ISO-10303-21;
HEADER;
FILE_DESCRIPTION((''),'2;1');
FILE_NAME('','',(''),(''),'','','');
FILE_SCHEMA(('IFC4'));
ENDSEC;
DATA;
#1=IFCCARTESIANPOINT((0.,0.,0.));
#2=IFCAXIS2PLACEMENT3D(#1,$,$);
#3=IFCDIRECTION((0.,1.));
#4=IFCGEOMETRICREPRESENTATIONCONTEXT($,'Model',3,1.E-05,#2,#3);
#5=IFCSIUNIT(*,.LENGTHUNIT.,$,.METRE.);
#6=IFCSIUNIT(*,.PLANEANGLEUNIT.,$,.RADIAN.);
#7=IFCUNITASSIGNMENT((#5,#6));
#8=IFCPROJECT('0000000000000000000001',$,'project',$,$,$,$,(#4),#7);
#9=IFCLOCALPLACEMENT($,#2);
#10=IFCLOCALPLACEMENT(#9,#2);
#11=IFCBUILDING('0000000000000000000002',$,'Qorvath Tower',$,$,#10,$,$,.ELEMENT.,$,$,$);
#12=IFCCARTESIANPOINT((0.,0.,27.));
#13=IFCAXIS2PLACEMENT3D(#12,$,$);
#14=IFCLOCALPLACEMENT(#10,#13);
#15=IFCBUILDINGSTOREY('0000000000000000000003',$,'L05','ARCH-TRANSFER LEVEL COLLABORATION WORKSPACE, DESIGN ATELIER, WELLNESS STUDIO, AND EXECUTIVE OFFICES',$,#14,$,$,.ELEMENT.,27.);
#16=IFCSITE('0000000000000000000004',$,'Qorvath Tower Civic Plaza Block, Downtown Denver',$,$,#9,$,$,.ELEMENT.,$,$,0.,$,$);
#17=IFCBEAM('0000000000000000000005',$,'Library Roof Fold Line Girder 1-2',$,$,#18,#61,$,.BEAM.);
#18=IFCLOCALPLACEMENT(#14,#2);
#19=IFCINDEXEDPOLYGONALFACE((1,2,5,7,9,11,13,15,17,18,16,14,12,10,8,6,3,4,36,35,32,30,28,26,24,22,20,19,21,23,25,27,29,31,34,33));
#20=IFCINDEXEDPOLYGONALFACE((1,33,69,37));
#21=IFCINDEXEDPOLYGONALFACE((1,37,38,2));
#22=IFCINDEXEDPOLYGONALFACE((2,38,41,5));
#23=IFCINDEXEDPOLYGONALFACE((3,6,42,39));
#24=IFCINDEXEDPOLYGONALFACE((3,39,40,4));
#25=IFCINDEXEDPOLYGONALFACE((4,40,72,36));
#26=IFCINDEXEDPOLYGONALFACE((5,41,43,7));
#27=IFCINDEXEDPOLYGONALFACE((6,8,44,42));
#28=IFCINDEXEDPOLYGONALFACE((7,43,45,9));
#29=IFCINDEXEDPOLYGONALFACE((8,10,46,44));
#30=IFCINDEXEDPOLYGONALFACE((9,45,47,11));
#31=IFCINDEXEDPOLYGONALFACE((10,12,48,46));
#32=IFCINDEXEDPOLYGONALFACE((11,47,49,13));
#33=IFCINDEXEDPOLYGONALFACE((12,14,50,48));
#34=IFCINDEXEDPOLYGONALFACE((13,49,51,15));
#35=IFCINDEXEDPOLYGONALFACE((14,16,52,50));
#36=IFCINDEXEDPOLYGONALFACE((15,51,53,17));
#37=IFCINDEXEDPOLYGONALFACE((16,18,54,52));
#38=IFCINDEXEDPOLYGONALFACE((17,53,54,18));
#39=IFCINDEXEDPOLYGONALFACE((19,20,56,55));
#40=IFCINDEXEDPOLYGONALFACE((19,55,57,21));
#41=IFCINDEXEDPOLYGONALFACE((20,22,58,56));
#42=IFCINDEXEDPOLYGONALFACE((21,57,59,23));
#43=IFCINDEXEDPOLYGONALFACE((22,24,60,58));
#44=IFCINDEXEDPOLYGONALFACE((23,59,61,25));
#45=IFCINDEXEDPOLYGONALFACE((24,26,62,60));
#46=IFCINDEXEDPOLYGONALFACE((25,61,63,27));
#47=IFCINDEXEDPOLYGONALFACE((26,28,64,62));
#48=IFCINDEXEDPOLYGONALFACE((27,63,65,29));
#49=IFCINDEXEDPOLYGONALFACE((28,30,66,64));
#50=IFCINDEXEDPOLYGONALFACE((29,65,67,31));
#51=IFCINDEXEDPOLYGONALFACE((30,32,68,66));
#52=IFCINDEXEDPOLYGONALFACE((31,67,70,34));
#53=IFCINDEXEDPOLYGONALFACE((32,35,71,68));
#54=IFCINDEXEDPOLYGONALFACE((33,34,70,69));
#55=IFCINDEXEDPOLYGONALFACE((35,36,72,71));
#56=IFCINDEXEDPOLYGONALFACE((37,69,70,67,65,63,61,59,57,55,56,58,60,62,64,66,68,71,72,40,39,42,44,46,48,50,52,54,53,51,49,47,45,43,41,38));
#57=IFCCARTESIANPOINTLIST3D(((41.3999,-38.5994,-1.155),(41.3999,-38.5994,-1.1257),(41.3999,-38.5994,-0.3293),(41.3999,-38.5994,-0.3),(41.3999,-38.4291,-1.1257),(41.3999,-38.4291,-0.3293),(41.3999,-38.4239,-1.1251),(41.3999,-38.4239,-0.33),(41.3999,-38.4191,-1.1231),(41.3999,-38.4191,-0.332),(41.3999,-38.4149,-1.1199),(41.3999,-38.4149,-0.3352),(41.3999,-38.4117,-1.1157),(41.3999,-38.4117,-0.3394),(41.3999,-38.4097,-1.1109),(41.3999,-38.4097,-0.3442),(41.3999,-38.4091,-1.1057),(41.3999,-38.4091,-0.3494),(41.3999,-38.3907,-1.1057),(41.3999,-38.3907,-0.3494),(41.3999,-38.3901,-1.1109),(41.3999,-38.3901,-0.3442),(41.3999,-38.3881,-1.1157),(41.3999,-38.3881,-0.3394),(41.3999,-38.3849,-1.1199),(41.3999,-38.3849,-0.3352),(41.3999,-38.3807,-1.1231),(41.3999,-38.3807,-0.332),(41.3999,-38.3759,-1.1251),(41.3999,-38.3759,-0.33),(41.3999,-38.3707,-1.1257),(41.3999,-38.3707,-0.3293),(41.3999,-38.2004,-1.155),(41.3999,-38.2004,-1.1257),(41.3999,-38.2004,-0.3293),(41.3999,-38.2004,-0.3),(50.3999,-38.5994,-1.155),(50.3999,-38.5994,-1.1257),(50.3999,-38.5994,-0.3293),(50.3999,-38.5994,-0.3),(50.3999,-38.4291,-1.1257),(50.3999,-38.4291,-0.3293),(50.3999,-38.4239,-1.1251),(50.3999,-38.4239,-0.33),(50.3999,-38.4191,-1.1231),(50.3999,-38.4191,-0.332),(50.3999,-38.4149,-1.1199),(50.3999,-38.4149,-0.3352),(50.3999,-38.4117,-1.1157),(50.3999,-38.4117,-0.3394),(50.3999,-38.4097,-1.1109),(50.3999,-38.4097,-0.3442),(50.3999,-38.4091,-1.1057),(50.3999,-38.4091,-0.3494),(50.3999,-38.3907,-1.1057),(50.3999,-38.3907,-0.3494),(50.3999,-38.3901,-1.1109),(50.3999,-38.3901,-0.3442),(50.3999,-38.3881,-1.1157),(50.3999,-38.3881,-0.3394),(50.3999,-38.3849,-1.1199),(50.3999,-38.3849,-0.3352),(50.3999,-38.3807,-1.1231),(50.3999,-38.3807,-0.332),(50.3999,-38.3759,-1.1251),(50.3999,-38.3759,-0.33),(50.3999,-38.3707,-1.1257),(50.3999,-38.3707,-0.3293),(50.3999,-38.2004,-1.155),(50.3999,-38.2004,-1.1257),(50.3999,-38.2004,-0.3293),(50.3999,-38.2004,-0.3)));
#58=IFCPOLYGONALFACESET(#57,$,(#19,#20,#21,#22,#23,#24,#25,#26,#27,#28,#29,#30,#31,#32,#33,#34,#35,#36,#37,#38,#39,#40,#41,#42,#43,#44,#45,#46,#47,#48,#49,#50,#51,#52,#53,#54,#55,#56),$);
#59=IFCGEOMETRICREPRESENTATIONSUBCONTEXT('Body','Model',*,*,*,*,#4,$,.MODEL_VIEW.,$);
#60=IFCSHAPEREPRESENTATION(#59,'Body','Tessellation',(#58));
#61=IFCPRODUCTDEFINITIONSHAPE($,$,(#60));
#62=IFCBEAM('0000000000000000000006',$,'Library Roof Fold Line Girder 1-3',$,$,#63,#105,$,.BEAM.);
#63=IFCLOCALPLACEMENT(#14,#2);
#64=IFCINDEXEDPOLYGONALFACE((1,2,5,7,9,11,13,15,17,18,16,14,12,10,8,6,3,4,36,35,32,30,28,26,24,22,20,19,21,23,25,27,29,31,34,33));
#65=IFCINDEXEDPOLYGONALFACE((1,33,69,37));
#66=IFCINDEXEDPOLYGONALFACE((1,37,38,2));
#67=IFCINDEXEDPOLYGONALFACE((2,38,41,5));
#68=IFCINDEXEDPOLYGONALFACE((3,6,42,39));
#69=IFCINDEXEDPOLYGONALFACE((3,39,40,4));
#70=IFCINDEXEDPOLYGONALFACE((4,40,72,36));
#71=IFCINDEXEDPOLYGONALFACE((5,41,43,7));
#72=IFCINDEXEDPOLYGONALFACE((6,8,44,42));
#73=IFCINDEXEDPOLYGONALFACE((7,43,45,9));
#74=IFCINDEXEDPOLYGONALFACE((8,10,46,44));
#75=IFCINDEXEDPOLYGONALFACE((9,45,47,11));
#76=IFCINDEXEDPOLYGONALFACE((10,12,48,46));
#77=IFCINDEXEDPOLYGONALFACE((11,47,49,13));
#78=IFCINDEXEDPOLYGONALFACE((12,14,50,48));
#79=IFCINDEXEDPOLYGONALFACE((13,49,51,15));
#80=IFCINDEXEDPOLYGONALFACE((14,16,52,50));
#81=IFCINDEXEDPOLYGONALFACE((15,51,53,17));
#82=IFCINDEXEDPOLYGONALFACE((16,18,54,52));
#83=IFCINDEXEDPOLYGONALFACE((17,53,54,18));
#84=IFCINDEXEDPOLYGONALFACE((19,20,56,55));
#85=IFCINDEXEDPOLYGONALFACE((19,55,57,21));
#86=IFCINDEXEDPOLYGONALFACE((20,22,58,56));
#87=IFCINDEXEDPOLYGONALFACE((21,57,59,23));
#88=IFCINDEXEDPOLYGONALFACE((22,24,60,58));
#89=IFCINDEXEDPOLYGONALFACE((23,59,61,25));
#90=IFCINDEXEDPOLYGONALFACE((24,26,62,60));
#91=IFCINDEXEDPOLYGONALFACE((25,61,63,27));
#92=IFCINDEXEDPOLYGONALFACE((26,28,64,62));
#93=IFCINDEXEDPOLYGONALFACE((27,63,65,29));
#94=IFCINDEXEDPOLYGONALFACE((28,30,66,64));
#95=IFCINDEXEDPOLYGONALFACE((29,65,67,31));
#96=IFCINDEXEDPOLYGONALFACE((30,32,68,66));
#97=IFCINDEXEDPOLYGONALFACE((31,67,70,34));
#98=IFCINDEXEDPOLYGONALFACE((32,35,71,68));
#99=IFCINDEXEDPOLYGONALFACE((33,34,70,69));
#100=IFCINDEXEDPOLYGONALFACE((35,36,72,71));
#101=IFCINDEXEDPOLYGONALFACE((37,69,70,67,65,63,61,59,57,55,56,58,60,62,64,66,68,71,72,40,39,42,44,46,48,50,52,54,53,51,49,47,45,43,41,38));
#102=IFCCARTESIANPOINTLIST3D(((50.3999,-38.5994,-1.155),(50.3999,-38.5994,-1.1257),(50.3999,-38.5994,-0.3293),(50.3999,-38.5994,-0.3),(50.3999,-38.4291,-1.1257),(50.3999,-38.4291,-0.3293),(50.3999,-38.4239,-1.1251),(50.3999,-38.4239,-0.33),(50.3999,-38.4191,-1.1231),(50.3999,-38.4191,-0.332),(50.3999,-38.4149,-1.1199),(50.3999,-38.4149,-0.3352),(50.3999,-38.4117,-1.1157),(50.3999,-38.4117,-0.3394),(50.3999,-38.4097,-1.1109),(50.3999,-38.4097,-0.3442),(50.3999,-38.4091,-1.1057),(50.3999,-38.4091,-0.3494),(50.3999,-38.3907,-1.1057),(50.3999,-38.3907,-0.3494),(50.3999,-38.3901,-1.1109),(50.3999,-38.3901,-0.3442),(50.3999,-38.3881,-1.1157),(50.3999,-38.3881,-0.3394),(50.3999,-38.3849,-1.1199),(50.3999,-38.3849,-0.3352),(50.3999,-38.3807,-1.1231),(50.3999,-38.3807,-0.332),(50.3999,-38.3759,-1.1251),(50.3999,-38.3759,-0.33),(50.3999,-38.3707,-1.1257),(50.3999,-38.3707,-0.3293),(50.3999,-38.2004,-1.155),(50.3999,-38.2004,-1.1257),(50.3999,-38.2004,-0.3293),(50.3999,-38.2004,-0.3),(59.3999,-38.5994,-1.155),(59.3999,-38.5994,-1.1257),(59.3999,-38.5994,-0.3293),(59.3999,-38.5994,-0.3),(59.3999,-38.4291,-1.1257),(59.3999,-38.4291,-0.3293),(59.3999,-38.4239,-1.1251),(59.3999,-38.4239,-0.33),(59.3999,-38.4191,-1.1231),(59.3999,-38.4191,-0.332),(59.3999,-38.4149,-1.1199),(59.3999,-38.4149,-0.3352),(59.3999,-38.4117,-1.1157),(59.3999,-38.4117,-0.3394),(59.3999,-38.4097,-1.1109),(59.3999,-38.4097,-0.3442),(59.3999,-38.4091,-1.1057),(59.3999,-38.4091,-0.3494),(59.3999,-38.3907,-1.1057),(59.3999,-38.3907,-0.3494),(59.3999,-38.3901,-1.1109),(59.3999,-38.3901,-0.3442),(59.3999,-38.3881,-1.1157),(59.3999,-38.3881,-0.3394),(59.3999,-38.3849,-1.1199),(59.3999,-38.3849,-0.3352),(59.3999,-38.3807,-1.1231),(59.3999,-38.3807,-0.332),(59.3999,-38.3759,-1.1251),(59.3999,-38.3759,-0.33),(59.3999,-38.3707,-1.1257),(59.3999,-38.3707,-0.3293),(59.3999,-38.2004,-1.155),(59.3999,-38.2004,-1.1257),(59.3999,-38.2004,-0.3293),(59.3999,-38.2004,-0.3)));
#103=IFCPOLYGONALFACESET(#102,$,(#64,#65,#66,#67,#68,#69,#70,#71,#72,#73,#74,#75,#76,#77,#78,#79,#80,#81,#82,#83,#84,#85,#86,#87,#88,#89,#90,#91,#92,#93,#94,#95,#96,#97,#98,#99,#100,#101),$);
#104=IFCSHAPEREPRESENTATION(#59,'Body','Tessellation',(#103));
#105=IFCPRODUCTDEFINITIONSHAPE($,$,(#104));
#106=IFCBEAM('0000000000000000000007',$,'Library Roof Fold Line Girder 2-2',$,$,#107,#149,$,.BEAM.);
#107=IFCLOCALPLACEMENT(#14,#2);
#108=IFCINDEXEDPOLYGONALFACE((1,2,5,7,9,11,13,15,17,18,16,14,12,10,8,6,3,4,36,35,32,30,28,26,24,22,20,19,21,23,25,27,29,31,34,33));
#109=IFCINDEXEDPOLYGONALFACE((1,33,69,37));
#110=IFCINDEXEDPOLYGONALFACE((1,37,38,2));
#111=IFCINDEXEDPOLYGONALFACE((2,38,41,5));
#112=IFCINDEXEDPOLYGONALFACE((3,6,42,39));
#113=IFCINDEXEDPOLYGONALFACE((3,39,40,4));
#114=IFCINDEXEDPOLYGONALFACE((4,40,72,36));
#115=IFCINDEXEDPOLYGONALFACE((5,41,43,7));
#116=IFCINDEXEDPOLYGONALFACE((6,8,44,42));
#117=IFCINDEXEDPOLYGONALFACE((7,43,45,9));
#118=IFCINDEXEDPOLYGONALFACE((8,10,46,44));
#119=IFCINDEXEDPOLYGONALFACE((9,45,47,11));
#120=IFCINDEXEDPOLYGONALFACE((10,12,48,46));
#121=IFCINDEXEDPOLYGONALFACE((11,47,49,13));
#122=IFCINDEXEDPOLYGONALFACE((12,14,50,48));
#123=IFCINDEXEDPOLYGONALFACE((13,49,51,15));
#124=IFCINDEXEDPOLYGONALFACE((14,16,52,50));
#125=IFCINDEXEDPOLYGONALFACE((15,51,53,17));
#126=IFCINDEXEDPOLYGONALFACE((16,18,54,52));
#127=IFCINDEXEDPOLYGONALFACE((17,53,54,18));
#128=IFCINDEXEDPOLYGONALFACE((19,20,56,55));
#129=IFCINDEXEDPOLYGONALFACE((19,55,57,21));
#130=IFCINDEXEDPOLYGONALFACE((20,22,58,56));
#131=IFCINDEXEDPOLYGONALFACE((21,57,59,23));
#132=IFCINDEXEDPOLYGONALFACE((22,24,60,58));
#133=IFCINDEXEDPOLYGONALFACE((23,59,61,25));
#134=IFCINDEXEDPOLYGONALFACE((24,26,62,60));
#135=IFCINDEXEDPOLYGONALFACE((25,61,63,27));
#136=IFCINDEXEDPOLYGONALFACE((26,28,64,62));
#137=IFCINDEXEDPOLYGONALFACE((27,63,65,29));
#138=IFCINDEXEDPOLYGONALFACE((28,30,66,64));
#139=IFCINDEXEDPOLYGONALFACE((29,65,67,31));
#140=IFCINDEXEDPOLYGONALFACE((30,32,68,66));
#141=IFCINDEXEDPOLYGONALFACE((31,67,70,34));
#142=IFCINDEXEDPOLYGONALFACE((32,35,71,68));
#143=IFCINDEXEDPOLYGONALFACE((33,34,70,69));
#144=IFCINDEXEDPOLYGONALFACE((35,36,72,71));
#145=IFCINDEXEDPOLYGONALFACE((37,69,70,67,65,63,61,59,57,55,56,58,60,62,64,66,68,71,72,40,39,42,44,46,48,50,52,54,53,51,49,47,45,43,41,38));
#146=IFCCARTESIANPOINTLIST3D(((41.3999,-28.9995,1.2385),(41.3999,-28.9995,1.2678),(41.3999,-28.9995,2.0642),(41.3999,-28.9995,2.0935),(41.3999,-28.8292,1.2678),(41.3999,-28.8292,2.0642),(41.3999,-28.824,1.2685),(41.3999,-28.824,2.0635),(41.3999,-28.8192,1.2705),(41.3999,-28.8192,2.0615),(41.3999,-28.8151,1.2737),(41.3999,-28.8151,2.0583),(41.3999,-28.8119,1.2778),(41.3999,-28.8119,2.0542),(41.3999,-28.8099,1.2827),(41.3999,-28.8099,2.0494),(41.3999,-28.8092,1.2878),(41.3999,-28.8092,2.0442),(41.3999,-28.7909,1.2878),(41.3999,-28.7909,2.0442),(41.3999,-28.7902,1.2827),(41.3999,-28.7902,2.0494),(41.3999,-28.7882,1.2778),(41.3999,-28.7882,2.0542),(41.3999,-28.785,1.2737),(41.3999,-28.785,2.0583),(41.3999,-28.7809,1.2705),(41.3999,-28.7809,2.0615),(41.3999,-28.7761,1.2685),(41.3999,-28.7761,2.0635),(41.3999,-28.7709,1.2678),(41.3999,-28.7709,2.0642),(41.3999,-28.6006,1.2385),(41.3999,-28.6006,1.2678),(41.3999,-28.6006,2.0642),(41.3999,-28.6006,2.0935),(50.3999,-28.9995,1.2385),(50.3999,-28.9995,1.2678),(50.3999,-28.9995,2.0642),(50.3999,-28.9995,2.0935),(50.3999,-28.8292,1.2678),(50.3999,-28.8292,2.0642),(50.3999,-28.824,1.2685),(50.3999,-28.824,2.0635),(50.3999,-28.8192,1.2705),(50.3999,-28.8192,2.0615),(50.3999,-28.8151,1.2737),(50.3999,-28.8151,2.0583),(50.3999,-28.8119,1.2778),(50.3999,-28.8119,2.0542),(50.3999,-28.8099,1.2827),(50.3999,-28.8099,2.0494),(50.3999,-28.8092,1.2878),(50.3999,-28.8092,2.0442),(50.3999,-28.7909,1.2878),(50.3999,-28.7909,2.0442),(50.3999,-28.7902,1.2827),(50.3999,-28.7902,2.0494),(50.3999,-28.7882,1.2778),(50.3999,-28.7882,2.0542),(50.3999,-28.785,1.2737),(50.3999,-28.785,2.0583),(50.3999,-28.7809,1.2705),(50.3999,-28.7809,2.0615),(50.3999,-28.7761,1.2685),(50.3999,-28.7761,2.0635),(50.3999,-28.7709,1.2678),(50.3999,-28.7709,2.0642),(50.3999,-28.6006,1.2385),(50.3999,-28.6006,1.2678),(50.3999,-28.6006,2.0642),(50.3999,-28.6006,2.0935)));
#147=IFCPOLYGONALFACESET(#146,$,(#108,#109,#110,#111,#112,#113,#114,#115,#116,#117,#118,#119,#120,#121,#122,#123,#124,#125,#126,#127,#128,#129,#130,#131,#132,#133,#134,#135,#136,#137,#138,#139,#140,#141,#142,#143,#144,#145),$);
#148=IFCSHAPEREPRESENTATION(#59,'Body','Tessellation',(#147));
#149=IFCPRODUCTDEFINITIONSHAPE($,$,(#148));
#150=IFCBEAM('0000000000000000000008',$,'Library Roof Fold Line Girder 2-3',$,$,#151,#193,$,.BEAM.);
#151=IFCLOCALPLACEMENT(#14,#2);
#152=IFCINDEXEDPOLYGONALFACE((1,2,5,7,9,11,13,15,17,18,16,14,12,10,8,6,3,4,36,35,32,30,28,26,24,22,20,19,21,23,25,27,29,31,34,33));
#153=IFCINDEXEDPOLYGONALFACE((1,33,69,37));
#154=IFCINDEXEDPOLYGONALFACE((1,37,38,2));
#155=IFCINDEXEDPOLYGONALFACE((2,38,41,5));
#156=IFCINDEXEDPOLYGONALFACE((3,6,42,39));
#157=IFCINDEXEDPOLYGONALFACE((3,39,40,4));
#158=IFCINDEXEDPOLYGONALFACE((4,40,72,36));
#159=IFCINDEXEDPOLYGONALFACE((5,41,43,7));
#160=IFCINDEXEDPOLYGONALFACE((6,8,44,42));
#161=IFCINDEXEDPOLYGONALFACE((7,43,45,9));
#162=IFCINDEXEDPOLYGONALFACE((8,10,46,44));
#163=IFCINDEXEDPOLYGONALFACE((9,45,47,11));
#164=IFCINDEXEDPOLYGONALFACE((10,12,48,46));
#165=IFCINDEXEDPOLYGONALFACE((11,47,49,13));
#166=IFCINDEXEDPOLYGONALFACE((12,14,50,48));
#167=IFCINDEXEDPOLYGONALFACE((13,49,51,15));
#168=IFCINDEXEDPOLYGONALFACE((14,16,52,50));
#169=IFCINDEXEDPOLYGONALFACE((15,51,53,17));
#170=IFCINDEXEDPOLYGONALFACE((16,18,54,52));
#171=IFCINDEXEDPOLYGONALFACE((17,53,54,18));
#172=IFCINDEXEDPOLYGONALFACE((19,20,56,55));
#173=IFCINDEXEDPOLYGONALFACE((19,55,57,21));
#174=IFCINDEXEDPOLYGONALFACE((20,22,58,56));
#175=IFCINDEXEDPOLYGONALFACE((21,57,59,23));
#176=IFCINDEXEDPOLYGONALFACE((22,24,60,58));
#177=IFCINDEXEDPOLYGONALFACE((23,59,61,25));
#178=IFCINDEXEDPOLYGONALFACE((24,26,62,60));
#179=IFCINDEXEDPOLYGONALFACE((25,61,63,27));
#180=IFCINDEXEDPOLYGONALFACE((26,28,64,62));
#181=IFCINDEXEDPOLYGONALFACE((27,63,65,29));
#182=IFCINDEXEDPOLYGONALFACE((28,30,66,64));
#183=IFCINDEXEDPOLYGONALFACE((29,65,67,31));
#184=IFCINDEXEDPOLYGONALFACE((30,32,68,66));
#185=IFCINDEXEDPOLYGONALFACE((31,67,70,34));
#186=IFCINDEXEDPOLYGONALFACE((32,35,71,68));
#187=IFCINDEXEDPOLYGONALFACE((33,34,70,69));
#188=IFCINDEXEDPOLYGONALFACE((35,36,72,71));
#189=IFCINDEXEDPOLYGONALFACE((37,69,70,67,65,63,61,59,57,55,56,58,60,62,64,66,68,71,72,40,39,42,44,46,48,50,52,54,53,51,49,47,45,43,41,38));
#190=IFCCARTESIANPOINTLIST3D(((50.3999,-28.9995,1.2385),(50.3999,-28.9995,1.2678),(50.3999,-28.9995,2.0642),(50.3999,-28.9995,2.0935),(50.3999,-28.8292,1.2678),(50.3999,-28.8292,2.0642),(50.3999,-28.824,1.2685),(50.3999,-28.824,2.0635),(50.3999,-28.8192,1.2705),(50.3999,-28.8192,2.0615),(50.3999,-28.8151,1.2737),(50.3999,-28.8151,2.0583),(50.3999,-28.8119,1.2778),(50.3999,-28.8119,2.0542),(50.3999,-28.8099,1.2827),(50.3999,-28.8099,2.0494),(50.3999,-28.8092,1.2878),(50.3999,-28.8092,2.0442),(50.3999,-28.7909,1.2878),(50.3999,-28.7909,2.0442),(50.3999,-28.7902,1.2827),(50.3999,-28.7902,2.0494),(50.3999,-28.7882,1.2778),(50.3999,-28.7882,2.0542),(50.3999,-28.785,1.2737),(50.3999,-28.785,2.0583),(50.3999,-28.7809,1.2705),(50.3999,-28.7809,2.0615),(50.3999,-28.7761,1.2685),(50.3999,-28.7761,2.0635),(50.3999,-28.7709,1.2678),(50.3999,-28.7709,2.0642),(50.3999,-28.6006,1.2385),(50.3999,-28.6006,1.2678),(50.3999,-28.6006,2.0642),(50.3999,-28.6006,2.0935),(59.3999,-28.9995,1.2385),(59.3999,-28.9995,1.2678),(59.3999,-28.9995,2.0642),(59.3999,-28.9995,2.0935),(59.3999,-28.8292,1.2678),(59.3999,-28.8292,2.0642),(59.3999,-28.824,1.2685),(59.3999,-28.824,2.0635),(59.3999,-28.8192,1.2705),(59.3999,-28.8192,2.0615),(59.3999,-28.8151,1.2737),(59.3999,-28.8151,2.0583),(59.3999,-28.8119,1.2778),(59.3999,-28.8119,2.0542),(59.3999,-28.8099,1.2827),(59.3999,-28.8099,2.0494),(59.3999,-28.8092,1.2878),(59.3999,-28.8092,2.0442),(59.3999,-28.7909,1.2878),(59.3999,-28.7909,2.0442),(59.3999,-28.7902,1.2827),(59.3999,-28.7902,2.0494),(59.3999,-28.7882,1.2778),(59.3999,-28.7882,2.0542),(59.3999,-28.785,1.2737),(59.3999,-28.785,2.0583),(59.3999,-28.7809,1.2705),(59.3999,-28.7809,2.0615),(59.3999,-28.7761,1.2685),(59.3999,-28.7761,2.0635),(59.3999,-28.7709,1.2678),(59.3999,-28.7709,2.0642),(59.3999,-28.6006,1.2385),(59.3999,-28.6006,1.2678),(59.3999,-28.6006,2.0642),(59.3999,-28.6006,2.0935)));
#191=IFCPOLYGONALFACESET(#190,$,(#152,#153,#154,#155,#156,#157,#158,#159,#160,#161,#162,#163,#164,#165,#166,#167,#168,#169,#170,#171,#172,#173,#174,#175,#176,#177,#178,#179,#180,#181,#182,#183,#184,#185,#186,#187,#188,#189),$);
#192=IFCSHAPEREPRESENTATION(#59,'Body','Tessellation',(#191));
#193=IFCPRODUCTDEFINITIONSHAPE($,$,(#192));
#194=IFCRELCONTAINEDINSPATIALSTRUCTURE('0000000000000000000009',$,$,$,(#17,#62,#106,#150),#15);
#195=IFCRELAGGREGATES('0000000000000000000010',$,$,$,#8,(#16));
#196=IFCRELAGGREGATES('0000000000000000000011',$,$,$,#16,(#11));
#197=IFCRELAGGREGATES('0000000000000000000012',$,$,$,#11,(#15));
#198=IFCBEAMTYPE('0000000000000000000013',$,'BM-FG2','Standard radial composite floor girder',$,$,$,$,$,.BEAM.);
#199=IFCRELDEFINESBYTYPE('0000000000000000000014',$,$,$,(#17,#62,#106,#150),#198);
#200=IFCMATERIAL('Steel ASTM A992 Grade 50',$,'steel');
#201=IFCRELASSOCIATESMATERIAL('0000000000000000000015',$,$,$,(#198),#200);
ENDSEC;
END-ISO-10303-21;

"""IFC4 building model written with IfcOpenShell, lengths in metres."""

from ifc_helpers import new_model, si_unit, direction, frame, origin, origin_2d, place, context, subcontext, project, spatial, i_section, extrude, material, material_profile, profile_set, type_object, element, save


model = new_model("IFC4")

# Units and contexts
model_context = context("Model", 3, precision=1e-05, world=origin(), true_north=direction((0.0, 1.0)))
body_context = subcontext(model_context, "Body", "Model", "MODEL_VIEW")
ifc_project = project(units=[si_unit("LENGTHUNIT", "METRE"), si_unit("PLANEANGLEUNIT", "RADIAN")], contexts=[model_context])

# Site, building, storey
site_placement = place(None, origin())
site = spatial("IfcSite", under=ifc_project, at=site_placement, Name="Qorvath Tower Civic Plaza Block, Downtown Denver", CompositionType="ELEMENT", RefElevation=0.0)
building_placement = place(site_placement, origin())
building = spatial("IfcBuilding", under=site, at=building_placement, Name="Qorvath Tower", CompositionType="ELEMENT")
storey_placement = place(building_placement, frame((0.0, 0.0, 27.0)))
storey = spatial("IfcBuildingStorey", under=building, at=storey_placement, Name="L05", Description="ARCH-TRANSFER LEVEL COLLABORATION WORKSPACE, DESIGN ATELIER, WELLNESS STUDIO, AND EXECUTIVE OFFICES", CompositionType="ELEMENT", Elevation=27.0)

# Beams
ifc_material_1 = material(Name="Steel ASTM A992 Grade 50", Category="steel")
ifc_material_profile_1 = material_profile(ifc_material_1, i_section(OverallWidth=0.3989, OverallDepth=0.855, WebThickness=0.0183, FlangeThickness=0.0293, FilletRadius=0.02, at=origin_2d()), Name="W33x201")
ifc_profile_set_1 = profile_set([ifc_material_profile_1], Name="Steel ASTM A992 Grade 50")
beam_type_1 = type_object("IfcBeamType", Name="BM-FG2", Description="Standard radial composite floor girder", PredefinedType="BEAM", material=ifc_profile_set_1)
for number, where, z_axis, x_axis, name in (
    (1, (41.3999, -38.3999, -0.7275), (1.0, 0.0, 0.0), (0.0, 1.0, 0.0), "Library Roof Fold Line Girder 1-2"),
    (2, (50.3999, -38.3999, -0.7275), (1.0, 0.0, 0.0), (0.0, 1.0, 0.0), "Library Roof Fold Line Girder 1-3"),
    (3, (41.3999, -28.8, 1.666), (1.0, 0.0, 0.0), (0.0, 1.0, 0.0), "Library Roof Fold Line Girder 2-2"),
    (4, (50.3999, -28.8, 1.666), (1.0, 0.0, 0.0), (0.0, 1.0, 0.0), "Library Roof Fold Line Girder 2-3"),
):
    element("IfcBeam", number, at=place(storey_placement, frame(where, z_axis=z_axis, x_axis=x_axis)), inside=storey, type_object=beam_type_1, Name=name, PredefinedType="BEAM", context=body_context, shape_type="SweptSolid", body=[
        extrude(i_section(OverallWidth=0.3989, OverallDepth=0.855, WebThickness=0.0183, FlangeThickness=0.0293, FilletRadius=0.02, at=origin_2d()), origin(), (0.0, 0.0, 1.0), 9.0),
    ])

save(model, "model.ifc")
